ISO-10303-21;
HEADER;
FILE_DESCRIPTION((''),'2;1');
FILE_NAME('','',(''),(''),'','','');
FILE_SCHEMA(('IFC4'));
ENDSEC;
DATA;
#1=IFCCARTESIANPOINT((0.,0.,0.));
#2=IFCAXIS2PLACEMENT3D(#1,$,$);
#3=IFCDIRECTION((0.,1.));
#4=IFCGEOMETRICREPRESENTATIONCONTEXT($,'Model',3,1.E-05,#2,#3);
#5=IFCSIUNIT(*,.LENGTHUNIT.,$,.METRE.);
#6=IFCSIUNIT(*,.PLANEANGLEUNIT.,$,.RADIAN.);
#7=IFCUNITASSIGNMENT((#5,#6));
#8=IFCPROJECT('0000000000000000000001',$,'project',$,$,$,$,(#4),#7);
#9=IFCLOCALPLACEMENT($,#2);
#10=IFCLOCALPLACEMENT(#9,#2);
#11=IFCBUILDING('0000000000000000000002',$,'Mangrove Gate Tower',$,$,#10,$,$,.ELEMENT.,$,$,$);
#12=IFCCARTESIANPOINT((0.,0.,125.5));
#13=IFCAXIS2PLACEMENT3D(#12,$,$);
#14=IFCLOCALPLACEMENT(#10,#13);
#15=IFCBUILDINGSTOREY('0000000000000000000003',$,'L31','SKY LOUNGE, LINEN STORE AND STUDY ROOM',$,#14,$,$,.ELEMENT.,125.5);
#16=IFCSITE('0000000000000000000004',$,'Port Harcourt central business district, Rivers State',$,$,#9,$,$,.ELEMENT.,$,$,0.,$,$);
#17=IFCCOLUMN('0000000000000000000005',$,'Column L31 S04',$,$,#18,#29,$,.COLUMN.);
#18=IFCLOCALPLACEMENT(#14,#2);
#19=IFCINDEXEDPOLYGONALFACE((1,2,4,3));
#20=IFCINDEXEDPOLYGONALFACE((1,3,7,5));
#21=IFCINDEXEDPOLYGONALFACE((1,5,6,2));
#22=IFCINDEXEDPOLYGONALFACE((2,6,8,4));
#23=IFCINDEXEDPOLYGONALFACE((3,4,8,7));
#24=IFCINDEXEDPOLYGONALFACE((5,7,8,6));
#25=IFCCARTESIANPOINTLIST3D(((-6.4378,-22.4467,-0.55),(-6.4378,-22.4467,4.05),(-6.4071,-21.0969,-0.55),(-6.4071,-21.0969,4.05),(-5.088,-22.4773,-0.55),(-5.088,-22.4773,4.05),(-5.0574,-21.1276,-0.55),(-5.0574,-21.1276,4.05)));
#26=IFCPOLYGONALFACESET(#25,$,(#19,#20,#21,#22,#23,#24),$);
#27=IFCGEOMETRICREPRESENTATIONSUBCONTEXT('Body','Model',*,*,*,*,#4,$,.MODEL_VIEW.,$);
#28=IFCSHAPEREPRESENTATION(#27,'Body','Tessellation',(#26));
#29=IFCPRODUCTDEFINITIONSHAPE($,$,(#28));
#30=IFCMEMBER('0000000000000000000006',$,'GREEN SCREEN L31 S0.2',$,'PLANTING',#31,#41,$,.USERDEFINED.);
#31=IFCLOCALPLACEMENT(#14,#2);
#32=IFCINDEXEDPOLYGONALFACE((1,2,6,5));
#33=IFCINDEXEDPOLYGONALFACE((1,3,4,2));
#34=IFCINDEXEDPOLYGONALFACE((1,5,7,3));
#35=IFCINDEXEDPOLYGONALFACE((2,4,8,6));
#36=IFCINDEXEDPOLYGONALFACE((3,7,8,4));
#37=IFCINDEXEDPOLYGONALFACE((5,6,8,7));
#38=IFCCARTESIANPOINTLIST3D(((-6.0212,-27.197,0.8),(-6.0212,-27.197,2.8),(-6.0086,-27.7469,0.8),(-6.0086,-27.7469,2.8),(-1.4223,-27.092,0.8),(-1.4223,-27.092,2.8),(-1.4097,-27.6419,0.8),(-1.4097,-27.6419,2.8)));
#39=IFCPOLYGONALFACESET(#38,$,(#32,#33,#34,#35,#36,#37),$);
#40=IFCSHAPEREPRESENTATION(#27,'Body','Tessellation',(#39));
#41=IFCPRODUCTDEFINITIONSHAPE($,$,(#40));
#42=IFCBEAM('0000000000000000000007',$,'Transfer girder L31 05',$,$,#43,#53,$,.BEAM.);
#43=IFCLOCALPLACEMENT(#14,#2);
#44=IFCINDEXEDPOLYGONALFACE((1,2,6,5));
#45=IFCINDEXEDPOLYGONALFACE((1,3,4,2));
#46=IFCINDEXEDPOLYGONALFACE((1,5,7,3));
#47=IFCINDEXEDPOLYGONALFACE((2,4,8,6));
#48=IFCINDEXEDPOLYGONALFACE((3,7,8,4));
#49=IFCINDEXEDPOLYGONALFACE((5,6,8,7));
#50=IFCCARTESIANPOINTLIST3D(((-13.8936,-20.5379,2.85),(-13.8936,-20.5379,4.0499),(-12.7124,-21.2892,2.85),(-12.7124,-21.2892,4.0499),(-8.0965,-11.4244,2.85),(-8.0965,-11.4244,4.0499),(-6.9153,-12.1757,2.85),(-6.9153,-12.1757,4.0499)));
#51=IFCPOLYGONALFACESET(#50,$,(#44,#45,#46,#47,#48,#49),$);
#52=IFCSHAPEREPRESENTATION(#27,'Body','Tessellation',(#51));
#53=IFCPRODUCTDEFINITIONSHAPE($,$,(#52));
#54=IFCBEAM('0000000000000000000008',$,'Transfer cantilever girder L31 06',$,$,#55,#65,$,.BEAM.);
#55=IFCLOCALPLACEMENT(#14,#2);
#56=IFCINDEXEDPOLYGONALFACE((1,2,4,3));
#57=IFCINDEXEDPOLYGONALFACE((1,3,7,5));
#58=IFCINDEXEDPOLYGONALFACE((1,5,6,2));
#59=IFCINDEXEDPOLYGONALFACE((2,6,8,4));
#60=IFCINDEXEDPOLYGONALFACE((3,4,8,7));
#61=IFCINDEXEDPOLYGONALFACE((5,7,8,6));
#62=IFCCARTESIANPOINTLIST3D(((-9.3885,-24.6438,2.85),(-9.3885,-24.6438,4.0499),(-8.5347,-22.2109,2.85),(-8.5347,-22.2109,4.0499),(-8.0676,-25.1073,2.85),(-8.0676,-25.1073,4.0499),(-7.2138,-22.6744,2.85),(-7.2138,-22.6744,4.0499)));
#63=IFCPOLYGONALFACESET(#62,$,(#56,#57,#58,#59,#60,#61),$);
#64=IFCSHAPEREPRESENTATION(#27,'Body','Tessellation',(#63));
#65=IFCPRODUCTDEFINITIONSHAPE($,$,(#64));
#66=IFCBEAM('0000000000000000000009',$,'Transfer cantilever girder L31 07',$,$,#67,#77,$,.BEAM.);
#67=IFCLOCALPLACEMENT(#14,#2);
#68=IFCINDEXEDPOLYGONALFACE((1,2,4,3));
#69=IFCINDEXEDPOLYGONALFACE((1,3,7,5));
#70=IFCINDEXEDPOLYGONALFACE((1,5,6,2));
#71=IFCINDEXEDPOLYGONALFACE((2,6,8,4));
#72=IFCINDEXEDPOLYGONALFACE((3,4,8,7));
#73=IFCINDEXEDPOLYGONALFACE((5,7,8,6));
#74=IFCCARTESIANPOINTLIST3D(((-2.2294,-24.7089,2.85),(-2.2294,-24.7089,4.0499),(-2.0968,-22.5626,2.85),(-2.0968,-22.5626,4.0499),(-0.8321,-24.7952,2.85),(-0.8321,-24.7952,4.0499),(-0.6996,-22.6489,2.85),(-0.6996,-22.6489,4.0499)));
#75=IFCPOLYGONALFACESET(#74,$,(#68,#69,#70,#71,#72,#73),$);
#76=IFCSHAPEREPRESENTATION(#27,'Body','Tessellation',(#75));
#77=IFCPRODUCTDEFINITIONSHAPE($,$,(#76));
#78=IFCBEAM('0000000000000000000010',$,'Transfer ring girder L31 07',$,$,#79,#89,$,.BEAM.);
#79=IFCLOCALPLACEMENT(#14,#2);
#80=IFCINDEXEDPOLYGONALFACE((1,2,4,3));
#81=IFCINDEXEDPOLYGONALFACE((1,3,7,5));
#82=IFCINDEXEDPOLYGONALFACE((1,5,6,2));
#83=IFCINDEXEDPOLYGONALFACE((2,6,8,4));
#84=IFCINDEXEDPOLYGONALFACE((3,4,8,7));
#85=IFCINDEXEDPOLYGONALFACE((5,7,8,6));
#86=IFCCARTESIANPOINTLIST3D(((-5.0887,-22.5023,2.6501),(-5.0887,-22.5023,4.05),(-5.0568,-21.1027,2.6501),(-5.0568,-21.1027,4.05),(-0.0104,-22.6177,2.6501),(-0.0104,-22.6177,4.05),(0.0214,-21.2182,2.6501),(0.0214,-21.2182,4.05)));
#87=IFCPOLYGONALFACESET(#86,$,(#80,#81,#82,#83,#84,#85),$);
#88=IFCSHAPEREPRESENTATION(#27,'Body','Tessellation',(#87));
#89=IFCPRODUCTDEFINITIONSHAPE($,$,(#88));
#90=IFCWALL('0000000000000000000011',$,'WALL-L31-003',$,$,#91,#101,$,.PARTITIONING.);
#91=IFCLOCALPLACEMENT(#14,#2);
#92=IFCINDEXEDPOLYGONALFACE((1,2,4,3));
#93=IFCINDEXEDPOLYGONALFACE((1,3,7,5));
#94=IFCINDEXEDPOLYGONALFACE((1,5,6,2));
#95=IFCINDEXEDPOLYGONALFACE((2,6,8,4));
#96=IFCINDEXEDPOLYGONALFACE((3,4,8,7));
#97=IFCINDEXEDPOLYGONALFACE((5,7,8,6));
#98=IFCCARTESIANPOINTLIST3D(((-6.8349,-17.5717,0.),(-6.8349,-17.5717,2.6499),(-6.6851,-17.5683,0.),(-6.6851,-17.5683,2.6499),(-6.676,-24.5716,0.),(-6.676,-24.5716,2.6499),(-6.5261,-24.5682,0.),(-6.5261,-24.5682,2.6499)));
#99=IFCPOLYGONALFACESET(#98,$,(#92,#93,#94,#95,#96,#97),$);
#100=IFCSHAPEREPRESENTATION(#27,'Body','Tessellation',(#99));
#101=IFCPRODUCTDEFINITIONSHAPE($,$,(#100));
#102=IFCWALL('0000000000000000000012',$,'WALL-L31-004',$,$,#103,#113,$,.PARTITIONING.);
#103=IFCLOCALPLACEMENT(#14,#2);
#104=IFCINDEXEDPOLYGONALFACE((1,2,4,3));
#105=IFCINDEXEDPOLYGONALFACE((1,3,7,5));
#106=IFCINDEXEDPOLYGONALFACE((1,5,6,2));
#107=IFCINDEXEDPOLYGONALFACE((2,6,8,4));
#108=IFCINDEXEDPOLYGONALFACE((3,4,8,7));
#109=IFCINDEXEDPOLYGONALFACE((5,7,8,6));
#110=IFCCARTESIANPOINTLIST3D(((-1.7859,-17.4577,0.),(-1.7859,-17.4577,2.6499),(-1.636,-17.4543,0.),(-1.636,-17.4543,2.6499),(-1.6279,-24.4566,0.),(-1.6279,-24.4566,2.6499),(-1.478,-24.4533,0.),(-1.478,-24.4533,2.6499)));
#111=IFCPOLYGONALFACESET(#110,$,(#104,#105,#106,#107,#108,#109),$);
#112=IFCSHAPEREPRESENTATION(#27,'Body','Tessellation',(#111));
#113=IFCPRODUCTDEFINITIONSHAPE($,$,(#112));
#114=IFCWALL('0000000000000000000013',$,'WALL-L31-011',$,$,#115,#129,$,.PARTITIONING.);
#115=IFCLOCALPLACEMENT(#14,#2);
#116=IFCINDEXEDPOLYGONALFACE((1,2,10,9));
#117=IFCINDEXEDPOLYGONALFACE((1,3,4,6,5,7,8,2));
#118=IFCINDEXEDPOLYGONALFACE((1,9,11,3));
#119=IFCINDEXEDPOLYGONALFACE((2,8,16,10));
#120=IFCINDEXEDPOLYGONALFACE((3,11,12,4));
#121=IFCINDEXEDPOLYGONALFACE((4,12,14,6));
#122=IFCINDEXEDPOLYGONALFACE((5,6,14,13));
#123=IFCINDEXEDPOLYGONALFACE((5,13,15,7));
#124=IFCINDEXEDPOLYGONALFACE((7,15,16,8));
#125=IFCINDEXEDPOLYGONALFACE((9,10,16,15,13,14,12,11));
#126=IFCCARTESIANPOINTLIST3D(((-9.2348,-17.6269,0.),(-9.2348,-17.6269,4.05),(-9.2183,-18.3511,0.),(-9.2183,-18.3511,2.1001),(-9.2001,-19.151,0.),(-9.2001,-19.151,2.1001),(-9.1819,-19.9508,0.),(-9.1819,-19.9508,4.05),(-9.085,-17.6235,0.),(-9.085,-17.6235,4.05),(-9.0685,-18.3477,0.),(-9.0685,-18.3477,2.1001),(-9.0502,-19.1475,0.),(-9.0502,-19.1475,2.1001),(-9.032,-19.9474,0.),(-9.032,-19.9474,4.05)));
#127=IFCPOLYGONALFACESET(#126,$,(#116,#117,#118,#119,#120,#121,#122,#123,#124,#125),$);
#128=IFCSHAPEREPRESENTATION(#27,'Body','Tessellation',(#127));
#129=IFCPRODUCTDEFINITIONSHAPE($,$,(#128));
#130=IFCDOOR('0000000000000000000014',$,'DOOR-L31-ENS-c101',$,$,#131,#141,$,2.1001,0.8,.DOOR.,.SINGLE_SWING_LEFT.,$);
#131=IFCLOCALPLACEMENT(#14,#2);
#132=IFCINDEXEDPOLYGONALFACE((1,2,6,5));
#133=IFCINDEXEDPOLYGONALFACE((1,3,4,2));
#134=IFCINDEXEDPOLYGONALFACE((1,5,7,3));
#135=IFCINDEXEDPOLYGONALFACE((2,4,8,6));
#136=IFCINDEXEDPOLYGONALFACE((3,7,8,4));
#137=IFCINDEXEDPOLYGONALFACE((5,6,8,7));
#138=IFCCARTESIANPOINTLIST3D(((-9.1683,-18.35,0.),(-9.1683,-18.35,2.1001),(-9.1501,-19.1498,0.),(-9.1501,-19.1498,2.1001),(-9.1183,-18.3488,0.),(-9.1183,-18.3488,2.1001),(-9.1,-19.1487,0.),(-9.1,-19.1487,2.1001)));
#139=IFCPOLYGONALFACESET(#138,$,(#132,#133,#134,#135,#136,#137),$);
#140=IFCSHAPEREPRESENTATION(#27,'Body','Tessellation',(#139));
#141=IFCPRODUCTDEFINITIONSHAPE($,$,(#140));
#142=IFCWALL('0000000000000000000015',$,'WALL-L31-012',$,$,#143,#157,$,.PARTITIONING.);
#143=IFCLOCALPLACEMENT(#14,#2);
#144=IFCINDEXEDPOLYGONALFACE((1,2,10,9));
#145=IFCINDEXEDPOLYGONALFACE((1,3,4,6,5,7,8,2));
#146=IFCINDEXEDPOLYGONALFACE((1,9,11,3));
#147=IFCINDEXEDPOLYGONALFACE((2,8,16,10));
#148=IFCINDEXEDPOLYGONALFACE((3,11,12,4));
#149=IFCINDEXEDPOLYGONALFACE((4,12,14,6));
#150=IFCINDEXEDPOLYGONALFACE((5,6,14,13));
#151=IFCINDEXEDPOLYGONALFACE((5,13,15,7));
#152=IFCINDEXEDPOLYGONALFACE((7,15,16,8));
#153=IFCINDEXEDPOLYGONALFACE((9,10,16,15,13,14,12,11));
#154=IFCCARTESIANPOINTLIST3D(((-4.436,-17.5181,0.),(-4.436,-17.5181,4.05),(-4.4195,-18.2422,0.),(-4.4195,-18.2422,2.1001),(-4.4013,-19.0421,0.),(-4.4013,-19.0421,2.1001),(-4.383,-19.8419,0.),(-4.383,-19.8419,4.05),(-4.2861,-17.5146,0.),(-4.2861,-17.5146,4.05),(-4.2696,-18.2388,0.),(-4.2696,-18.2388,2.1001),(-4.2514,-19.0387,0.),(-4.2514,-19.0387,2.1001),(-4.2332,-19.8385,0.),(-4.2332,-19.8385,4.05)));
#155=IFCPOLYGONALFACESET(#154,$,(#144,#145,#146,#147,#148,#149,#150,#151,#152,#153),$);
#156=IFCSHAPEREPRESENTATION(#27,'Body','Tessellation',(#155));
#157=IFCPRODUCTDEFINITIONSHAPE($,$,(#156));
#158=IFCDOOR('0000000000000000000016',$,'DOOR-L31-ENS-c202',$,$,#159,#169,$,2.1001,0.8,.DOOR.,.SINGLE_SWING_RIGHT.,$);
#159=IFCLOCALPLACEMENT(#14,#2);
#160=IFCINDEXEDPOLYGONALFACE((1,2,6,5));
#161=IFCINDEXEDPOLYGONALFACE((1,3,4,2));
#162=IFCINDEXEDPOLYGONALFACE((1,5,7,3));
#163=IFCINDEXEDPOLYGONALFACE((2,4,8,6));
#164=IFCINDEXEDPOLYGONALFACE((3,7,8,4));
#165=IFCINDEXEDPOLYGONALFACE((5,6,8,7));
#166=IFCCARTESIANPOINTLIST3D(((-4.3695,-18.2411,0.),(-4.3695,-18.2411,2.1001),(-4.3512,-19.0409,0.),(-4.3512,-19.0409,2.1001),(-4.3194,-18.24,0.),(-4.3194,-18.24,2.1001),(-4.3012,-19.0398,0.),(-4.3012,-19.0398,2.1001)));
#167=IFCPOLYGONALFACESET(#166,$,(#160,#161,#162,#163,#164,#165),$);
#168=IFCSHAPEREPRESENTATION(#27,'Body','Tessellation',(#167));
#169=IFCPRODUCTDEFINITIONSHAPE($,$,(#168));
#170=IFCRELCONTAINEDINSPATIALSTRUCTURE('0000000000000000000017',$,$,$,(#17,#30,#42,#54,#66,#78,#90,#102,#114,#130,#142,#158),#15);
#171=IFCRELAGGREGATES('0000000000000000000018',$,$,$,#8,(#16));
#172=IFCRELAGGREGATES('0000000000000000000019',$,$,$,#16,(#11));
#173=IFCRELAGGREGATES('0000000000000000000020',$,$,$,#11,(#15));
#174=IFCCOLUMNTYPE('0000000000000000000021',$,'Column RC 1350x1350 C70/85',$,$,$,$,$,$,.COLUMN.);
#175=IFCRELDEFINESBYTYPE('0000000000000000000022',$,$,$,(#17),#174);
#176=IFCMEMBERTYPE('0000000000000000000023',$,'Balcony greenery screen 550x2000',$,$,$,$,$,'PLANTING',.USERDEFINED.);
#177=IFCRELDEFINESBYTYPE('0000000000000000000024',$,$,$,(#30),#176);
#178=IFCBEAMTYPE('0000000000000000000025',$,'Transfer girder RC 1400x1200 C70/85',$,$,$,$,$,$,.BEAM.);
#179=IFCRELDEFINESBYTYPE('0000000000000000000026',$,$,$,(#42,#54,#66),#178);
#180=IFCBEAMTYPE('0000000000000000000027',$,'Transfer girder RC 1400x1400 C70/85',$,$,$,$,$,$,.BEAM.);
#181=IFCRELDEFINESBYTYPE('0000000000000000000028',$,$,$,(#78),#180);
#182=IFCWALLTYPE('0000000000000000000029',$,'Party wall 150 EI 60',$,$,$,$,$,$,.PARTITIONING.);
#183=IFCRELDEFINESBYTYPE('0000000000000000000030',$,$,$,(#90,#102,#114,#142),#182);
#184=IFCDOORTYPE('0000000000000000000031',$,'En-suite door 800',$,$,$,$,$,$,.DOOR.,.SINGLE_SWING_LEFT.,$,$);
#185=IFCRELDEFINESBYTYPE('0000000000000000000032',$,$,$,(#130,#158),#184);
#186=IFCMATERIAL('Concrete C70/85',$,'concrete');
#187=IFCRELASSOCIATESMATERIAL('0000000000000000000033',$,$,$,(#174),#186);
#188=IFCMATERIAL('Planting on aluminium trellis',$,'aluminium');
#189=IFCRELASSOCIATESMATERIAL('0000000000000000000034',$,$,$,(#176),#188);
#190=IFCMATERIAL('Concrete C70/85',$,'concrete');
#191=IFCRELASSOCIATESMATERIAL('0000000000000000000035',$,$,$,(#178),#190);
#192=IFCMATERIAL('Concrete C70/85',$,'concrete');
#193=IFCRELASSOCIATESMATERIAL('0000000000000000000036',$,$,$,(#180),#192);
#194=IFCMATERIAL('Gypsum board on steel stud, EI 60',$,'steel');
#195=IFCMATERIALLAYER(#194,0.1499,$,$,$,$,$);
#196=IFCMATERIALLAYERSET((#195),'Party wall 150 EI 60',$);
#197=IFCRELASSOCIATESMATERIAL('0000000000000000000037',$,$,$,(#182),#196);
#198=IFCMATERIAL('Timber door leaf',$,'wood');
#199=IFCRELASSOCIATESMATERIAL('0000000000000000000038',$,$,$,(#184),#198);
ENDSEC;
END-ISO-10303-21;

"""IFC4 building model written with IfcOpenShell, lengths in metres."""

from ifc_helpers import new_model, si_unit, direction, frame, frame_2d, origin, origin_2d, place, context, subcontext, project, spatial, rectangle, extrude, material, layer, layer_set, material_profile, profile_set, type_object, element, fill, save


model = new_model("IFC4")

# Units and contexts
model_context = context("Model", 3, precision=1e-05, world=origin(), true_north=direction((0.0, 1.0)))
body_context = subcontext(model_context, "Body", "Model", "MODEL_VIEW")
ifc_project = project(units=[si_unit("LENGTHUNIT", "METRE"), si_unit("PLANEANGLEUNIT", "RADIAN")], contexts=[model_context])

# Site, building, storey
site_placement = place(None, origin())
site = spatial("IfcSite", under=ifc_project, at=site_placement, Name="Port Harcourt central business district, Rivers State", CompositionType="ELEMENT", RefElevation=0.0)
building_placement = place(site_placement, origin())
building = spatial("IfcBuilding", under=site, at=building_placement, Name="Mangrove Gate Tower", CompositionType="ELEMENT")
storey_placement = place(building_placement, frame((0.0, 0.0, 125.5)))
storey = spatial("IfcBuildingStorey", under=building, at=storey_placement, Name="L31", Description="SKY LOUNGE, LINEN STORE AND STUDY ROOM", CompositionType="ELEMENT", Elevation=125.5)

# Column
ifc_material_1 = material(Name="Concrete C70/85", Category="concrete")
ifc_material_profile_1 = material_profile(ifc_material_1, rectangle(XDim=1.3501, YDim=1.3501, at=origin_2d()))
ifc_profile_set_1 = profile_set([ifc_material_profile_1], Name="Concrete C70/85")
column_type = type_object("IfcColumnType", Name="Column RC 1350x1350 C70/85", PredefinedType="COLUMN", material=ifc_profile_set_1)
column_placement = place(storey_placement, frame((-5.7476, -21.7871, -0.55), z_axis=(0.0, 0.0, 1.0), x_axis=(0.999742, -0.022707, 0.0)))
element("IfcColumn", 1, at=column_placement, inside=storey, type_object=column_type, Name="Column L31 S04", PredefinedType="COLUMN", context=body_context, shape_type="SweptSolid", body=[
    extrude(rectangle(XDim=1.3501, YDim=1.3501, at=origin_2d()), origin(), (0.0, 0.0, 1.0), 4.6001),
])

# Member
ifc_material_2 = material(Name="Planting on aluminium trellis", Category="aluminium")
ifc_material_profile_2 = material_profile(ifc_material_2, rectangle(XDim=0.55, YDim=2.0, at=origin_2d()))
ifc_profile_set_2 = profile_set([ifc_material_profile_2], Name="Planting on aluminium trellis")
member_type = type_object("IfcMemberType", Name="Balcony greenery screen 550x2000", ElementType="PLANTING", PredefinedType="USERDEFINED", material=ifc_profile_set_2)
member_placement = place(storey_placement, frame((-6.0149, -27.4719, 1.8), z_axis=(0.99974, 0.022821, 0.0), x_axis=(-0.022821, 0.99974, 0.0)))
element("IfcMember", 2, at=member_placement, inside=storey, type_object=member_type, Name="GREEN SCREEN L31 S0.2", ObjectType="PLANTING", PredefinedType="USERDEFINED", context=body_context, shape_type="SweptSolid", body=[
    extrude(rectangle(XDim=0.55, YDim=2.0, at=origin_2d()), origin(), (0.0, 0.0, 1.0), 4.6001),
])

# Beams
ifc_material_3 = material(Name="Concrete C70/85", Category="concrete")
ifc_material_profile_3 = material_profile(ifc_material_3, rectangle(XDim=1.3999, YDim=1.2, at=origin_2d()))
ifc_profile_set_3 = profile_set([ifc_material_profile_3], Name="Concrete C70/85")
beam_type_1 = type_object("IfcBeamType", Name="Transfer girder RC 1400x1200 C70/85", PredefinedType="BEAM", material=ifc_profile_set_3)
beam_1_placement = place(storey_placement, frame((-7.5059, -11.8, 3.45), z_axis=(-0.536718, -0.843762, 0.0), x_axis=(0.843762, -0.536718, 0.0)))
element("IfcBeam", 3, at=beam_1_placement, inside=storey, type_object=beam_type_1, Name="Transfer girder L31 05", PredefinedType="BEAM", context=body_context, shape_type="SweptSolid", body=[
    extrude(rectangle(XDim=1.3999, YDim=1.2, at=origin_2d()), origin(), (0.0, 0.0, 1.0), 10.801),
])
beam_2_placement = place(storey_placement, frame((-7.8743, -22.4426, 3.45), z_axis=(-0.331131, -0.943585, 0.0), x_axis=(0.943585, -0.331131, 0.0)))
element("IfcBeam", 4, at=beam_2_placement, inside=storey, type_object=beam_type_1, Name="Transfer cantilever girder L31 06", PredefinedType="BEAM", context=body_context, shape_type="SweptSolid", body=[
    extrude(rectangle(XDim=1.3999, YDim=1.2, at=origin_2d()), origin(), (0.0, 0.0, 1.0), 2.5784),
])
beam_3_placement = place(storey_placement, frame((-1.3982, -22.6057, 3.45), z_axis=(-0.06165, -0.998098, 0.0), x_axis=(0.998098, -0.06165, 0.0)))
element("IfcBeam", 5, at=beam_3_placement, inside=storey, type_object=beam_type_1, Name="Transfer cantilever girder L31 07", PredefinedType="BEAM", context=body_context, shape_type="SweptSolid", body=[
    extrude(rectangle(XDim=1.3999, YDim=1.2, at=origin_2d()), origin(), (0.0, 0.0, 1.0), 2.1504),
])
ifc_material_4 = material(Name="Concrete C70/85", Category="concrete")
ifc_material_profile_4 = material_profile(ifc_material_4, rectangle(XDim=1.3999, YDim=1.3999, at=origin_2d()))
ifc_profile_set_4 = profile_set([ifc_material_profile_4], Name="Concrete C70/85")
beam_type_2 = type_object("IfcBeamType", Name="Transfer girder RC 1400x1400 C70/85", PredefinedType="BEAM", material=ifc_profile_set_4)
beam_4_placement = place(storey_placement, frame((-5.0728, -21.8025, 3.3501), z_axis=(0.999742, -0.022733, 0.0), x_axis=(0.022733, 0.999742, 0.0)))
element("IfcBeam", 6, at=beam_4_placement, inside=storey, type_object=beam_type_2, Name="Transfer ring girder L31 07", PredefinedType="BEAM", context=body_context, shape_type="SweptSolid", body=[
    extrude(rectangle(XDim=1.3999, YDim=1.3999, at=origin_2d()), origin(), (0.0, 0.0, 1.0), 5.0796),
])

# Walls
ifc_material_5 = material(Name="Gypsum board on steel stud, EI 60", Category="steel")
ifc_layer_1 = layer(ifc_material_5, 0.1499)
ifc_layer_set_1 = layer_set([ifc_layer_1], Name="Party wall 150 EI 60")
wall_type_1 = type_object("IfcWallType", Name="Party wall 150 EI 60", PredefinedType="PARTITIONING", material=ifc_layer_set_1)
wall_1_placement = place(storey_placement, frame((-6.6011, -24.5701, 0.0), z_axis=(0.0, 0.0, 1.0), x_axis=(-0.022699, 0.999742, 0.0)))
element("IfcWall", 7, at=wall_1_placement, inside=storey, type_object=wall_type_1, Name="WALL-L31-003", PredefinedType="PARTITIONING", context=body_context, shape_type="SweptSolid", body=[
    extrude(rectangle(XDim=7.0017, YDim=0.1499, at=frame_2d((3.501, 0.0))), origin(), (0.0, 0.0, 1.0), 2.6499),
])
wall_2_placement = place(storey_placement, frame((-1.553, -24.4551, 0.0), z_axis=(0.0, 0.0, 1.0), x_axis=(-0.022563, 0.999745, 0.0)))
element("IfcWall", 8, at=wall_2_placement, inside=storey, type_object=wall_type_1, Name="WALL-L31-004", PredefinedType="PARTITIONING", context=body_context, shape_type="SweptSolid", body=[
    extrude(rectangle(XDim=7.0007, YDim=0.1499, at=frame_2d((3.5005, 0.0))), origin(), (0.0, 0.0, 1.0), 2.6499),
])

# Walls, openings, doors
wall_3_placement = place(storey_placement, frame((-9.1069, -19.949, 0.0), z_axis=(0.0, 0.0, 1.0), x_axis=(-0.022791, 0.99974, 0.0)))
wall_3 = element("IfcWall", 9, at=wall_3_placement, inside=storey, type_object=wall_type_1, Name="WALL-L31-011", PredefinedType="PARTITIONING", context=body_context, shape_type="SweptSolid", body=[
    extrude(rectangle(XDim=2.3245, YDim=0.1499, at=frame_2d((1.1621, 0.0))), origin(), (0.0, 0.0, 1.0), 4.05),
])
opening_1_placement = place(wall_3_placement, frame((0.8, 0.0, 0.0)))
opening_1 = element("IfcOpeningElement", 10, at=opening_1_placement, cuts=wall_3, PredefinedType="OPENING", context=body_context, shape_type="SweptSolid", body=[
    extrude(rectangle(XDim=0.8, YDim=2.1001, at=frame_2d((0.3999, 1.05))), frame((0.0, 0.085, 0.0), z_axis=(0.0, -1.0, 0.0), x_axis=(1.0, 0.0, 0.0)), (0.0, 0.0, 1.0), 0.1699),
])
ifc_material_6 = material(Name="Timber door leaf", Category="wood")
door_type = type_object("IfcDoorType", Name="En-suite door 800", OperationType="SINGLE_SWING_LEFT", PredefinedType="DOOR", material=ifc_material_6)
door_1_placement = place(opening_1_placement, origin())
door_1 = element("IfcDoor", 11, at=door_1_placement, inside=storey, type_object=door_type, Name="DOOR-L31-ENS-c101", OperationType="SINGLE_SWING_LEFT", OverallHeight=2.1001, OverallWidth=0.8, PredefinedType="DOOR", context=body_context, shape_type="SweptSolid", body=[
    extrude(rectangle(XDim=0.8, YDim=2.1001, at=frame_2d((0.3999, 1.05))), frame((0.0, 0.0249, 0.0), z_axis=(0.0, -1.0, 0.0), x_axis=(1.0, 0.0, 0.0)), (0.0, 0.0, 1.0), 0.05),
])
fill(opening_1, door_1)
wall_4_placement = place(storey_placement, frame((-4.3081, -19.8401, 0.0), z_axis=(0.0, 0.0, 1.0), x_axis=(-0.022791, 0.99974, 0.0)))
wall_4 = element("IfcWall", 12, at=wall_4_placement, inside=storey, type_object=wall_type_1, Name="WALL-L31-012", PredefinedType="PARTITIONING", context=body_context, shape_type="SweptSolid", body=[
    extrude(rectangle(XDim=2.3245, YDim=0.1499, at=frame_2d((1.1621, 0.0))), origin(), (0.0, 0.0, 1.0), 4.05),
])
opening_2_placement = place(wall_4_placement, frame((0.8, 0.0, 0.0)))
opening_2 = element("IfcOpeningElement", 13, at=opening_2_placement, cuts=wall_4, PredefinedType="OPENING", context=body_context, shape_type="SweptSolid", body=[
    extrude(rectangle(XDim=0.8, YDim=2.1001, at=frame_2d((0.3999, 1.05))), frame((0.0, 0.085, 0.0), z_axis=(0.0, -1.0, 0.0), x_axis=(1.0, 0.0, 0.0)), (0.0, 0.0, 1.0), 0.1699),
])
door_2_placement = place(opening_2_placement, origin())
door_2 = element("IfcDoor", 14, at=door_2_placement, inside=storey, type_object=door_type, Name="DOOR-L31-ENS-c202", OperationType="SINGLE_SWING_RIGHT", OverallHeight=2.1001, OverallWidth=0.8, PredefinedType="DOOR", context=body_context, shape_type="SweptSolid", body=[
    extrude(rectangle(XDim=0.8, YDim=2.1001, at=frame_2d((0.3999, 1.05))), frame((0.0, 0.0249, 0.0), z_axis=(0.0, -1.0, 0.0), x_axis=(1.0, 0.0, 0.0)), (0.0, 0.0, 1.0), 0.05),
])
fill(opening_2, door_2)

save(model, "model.ifc")
